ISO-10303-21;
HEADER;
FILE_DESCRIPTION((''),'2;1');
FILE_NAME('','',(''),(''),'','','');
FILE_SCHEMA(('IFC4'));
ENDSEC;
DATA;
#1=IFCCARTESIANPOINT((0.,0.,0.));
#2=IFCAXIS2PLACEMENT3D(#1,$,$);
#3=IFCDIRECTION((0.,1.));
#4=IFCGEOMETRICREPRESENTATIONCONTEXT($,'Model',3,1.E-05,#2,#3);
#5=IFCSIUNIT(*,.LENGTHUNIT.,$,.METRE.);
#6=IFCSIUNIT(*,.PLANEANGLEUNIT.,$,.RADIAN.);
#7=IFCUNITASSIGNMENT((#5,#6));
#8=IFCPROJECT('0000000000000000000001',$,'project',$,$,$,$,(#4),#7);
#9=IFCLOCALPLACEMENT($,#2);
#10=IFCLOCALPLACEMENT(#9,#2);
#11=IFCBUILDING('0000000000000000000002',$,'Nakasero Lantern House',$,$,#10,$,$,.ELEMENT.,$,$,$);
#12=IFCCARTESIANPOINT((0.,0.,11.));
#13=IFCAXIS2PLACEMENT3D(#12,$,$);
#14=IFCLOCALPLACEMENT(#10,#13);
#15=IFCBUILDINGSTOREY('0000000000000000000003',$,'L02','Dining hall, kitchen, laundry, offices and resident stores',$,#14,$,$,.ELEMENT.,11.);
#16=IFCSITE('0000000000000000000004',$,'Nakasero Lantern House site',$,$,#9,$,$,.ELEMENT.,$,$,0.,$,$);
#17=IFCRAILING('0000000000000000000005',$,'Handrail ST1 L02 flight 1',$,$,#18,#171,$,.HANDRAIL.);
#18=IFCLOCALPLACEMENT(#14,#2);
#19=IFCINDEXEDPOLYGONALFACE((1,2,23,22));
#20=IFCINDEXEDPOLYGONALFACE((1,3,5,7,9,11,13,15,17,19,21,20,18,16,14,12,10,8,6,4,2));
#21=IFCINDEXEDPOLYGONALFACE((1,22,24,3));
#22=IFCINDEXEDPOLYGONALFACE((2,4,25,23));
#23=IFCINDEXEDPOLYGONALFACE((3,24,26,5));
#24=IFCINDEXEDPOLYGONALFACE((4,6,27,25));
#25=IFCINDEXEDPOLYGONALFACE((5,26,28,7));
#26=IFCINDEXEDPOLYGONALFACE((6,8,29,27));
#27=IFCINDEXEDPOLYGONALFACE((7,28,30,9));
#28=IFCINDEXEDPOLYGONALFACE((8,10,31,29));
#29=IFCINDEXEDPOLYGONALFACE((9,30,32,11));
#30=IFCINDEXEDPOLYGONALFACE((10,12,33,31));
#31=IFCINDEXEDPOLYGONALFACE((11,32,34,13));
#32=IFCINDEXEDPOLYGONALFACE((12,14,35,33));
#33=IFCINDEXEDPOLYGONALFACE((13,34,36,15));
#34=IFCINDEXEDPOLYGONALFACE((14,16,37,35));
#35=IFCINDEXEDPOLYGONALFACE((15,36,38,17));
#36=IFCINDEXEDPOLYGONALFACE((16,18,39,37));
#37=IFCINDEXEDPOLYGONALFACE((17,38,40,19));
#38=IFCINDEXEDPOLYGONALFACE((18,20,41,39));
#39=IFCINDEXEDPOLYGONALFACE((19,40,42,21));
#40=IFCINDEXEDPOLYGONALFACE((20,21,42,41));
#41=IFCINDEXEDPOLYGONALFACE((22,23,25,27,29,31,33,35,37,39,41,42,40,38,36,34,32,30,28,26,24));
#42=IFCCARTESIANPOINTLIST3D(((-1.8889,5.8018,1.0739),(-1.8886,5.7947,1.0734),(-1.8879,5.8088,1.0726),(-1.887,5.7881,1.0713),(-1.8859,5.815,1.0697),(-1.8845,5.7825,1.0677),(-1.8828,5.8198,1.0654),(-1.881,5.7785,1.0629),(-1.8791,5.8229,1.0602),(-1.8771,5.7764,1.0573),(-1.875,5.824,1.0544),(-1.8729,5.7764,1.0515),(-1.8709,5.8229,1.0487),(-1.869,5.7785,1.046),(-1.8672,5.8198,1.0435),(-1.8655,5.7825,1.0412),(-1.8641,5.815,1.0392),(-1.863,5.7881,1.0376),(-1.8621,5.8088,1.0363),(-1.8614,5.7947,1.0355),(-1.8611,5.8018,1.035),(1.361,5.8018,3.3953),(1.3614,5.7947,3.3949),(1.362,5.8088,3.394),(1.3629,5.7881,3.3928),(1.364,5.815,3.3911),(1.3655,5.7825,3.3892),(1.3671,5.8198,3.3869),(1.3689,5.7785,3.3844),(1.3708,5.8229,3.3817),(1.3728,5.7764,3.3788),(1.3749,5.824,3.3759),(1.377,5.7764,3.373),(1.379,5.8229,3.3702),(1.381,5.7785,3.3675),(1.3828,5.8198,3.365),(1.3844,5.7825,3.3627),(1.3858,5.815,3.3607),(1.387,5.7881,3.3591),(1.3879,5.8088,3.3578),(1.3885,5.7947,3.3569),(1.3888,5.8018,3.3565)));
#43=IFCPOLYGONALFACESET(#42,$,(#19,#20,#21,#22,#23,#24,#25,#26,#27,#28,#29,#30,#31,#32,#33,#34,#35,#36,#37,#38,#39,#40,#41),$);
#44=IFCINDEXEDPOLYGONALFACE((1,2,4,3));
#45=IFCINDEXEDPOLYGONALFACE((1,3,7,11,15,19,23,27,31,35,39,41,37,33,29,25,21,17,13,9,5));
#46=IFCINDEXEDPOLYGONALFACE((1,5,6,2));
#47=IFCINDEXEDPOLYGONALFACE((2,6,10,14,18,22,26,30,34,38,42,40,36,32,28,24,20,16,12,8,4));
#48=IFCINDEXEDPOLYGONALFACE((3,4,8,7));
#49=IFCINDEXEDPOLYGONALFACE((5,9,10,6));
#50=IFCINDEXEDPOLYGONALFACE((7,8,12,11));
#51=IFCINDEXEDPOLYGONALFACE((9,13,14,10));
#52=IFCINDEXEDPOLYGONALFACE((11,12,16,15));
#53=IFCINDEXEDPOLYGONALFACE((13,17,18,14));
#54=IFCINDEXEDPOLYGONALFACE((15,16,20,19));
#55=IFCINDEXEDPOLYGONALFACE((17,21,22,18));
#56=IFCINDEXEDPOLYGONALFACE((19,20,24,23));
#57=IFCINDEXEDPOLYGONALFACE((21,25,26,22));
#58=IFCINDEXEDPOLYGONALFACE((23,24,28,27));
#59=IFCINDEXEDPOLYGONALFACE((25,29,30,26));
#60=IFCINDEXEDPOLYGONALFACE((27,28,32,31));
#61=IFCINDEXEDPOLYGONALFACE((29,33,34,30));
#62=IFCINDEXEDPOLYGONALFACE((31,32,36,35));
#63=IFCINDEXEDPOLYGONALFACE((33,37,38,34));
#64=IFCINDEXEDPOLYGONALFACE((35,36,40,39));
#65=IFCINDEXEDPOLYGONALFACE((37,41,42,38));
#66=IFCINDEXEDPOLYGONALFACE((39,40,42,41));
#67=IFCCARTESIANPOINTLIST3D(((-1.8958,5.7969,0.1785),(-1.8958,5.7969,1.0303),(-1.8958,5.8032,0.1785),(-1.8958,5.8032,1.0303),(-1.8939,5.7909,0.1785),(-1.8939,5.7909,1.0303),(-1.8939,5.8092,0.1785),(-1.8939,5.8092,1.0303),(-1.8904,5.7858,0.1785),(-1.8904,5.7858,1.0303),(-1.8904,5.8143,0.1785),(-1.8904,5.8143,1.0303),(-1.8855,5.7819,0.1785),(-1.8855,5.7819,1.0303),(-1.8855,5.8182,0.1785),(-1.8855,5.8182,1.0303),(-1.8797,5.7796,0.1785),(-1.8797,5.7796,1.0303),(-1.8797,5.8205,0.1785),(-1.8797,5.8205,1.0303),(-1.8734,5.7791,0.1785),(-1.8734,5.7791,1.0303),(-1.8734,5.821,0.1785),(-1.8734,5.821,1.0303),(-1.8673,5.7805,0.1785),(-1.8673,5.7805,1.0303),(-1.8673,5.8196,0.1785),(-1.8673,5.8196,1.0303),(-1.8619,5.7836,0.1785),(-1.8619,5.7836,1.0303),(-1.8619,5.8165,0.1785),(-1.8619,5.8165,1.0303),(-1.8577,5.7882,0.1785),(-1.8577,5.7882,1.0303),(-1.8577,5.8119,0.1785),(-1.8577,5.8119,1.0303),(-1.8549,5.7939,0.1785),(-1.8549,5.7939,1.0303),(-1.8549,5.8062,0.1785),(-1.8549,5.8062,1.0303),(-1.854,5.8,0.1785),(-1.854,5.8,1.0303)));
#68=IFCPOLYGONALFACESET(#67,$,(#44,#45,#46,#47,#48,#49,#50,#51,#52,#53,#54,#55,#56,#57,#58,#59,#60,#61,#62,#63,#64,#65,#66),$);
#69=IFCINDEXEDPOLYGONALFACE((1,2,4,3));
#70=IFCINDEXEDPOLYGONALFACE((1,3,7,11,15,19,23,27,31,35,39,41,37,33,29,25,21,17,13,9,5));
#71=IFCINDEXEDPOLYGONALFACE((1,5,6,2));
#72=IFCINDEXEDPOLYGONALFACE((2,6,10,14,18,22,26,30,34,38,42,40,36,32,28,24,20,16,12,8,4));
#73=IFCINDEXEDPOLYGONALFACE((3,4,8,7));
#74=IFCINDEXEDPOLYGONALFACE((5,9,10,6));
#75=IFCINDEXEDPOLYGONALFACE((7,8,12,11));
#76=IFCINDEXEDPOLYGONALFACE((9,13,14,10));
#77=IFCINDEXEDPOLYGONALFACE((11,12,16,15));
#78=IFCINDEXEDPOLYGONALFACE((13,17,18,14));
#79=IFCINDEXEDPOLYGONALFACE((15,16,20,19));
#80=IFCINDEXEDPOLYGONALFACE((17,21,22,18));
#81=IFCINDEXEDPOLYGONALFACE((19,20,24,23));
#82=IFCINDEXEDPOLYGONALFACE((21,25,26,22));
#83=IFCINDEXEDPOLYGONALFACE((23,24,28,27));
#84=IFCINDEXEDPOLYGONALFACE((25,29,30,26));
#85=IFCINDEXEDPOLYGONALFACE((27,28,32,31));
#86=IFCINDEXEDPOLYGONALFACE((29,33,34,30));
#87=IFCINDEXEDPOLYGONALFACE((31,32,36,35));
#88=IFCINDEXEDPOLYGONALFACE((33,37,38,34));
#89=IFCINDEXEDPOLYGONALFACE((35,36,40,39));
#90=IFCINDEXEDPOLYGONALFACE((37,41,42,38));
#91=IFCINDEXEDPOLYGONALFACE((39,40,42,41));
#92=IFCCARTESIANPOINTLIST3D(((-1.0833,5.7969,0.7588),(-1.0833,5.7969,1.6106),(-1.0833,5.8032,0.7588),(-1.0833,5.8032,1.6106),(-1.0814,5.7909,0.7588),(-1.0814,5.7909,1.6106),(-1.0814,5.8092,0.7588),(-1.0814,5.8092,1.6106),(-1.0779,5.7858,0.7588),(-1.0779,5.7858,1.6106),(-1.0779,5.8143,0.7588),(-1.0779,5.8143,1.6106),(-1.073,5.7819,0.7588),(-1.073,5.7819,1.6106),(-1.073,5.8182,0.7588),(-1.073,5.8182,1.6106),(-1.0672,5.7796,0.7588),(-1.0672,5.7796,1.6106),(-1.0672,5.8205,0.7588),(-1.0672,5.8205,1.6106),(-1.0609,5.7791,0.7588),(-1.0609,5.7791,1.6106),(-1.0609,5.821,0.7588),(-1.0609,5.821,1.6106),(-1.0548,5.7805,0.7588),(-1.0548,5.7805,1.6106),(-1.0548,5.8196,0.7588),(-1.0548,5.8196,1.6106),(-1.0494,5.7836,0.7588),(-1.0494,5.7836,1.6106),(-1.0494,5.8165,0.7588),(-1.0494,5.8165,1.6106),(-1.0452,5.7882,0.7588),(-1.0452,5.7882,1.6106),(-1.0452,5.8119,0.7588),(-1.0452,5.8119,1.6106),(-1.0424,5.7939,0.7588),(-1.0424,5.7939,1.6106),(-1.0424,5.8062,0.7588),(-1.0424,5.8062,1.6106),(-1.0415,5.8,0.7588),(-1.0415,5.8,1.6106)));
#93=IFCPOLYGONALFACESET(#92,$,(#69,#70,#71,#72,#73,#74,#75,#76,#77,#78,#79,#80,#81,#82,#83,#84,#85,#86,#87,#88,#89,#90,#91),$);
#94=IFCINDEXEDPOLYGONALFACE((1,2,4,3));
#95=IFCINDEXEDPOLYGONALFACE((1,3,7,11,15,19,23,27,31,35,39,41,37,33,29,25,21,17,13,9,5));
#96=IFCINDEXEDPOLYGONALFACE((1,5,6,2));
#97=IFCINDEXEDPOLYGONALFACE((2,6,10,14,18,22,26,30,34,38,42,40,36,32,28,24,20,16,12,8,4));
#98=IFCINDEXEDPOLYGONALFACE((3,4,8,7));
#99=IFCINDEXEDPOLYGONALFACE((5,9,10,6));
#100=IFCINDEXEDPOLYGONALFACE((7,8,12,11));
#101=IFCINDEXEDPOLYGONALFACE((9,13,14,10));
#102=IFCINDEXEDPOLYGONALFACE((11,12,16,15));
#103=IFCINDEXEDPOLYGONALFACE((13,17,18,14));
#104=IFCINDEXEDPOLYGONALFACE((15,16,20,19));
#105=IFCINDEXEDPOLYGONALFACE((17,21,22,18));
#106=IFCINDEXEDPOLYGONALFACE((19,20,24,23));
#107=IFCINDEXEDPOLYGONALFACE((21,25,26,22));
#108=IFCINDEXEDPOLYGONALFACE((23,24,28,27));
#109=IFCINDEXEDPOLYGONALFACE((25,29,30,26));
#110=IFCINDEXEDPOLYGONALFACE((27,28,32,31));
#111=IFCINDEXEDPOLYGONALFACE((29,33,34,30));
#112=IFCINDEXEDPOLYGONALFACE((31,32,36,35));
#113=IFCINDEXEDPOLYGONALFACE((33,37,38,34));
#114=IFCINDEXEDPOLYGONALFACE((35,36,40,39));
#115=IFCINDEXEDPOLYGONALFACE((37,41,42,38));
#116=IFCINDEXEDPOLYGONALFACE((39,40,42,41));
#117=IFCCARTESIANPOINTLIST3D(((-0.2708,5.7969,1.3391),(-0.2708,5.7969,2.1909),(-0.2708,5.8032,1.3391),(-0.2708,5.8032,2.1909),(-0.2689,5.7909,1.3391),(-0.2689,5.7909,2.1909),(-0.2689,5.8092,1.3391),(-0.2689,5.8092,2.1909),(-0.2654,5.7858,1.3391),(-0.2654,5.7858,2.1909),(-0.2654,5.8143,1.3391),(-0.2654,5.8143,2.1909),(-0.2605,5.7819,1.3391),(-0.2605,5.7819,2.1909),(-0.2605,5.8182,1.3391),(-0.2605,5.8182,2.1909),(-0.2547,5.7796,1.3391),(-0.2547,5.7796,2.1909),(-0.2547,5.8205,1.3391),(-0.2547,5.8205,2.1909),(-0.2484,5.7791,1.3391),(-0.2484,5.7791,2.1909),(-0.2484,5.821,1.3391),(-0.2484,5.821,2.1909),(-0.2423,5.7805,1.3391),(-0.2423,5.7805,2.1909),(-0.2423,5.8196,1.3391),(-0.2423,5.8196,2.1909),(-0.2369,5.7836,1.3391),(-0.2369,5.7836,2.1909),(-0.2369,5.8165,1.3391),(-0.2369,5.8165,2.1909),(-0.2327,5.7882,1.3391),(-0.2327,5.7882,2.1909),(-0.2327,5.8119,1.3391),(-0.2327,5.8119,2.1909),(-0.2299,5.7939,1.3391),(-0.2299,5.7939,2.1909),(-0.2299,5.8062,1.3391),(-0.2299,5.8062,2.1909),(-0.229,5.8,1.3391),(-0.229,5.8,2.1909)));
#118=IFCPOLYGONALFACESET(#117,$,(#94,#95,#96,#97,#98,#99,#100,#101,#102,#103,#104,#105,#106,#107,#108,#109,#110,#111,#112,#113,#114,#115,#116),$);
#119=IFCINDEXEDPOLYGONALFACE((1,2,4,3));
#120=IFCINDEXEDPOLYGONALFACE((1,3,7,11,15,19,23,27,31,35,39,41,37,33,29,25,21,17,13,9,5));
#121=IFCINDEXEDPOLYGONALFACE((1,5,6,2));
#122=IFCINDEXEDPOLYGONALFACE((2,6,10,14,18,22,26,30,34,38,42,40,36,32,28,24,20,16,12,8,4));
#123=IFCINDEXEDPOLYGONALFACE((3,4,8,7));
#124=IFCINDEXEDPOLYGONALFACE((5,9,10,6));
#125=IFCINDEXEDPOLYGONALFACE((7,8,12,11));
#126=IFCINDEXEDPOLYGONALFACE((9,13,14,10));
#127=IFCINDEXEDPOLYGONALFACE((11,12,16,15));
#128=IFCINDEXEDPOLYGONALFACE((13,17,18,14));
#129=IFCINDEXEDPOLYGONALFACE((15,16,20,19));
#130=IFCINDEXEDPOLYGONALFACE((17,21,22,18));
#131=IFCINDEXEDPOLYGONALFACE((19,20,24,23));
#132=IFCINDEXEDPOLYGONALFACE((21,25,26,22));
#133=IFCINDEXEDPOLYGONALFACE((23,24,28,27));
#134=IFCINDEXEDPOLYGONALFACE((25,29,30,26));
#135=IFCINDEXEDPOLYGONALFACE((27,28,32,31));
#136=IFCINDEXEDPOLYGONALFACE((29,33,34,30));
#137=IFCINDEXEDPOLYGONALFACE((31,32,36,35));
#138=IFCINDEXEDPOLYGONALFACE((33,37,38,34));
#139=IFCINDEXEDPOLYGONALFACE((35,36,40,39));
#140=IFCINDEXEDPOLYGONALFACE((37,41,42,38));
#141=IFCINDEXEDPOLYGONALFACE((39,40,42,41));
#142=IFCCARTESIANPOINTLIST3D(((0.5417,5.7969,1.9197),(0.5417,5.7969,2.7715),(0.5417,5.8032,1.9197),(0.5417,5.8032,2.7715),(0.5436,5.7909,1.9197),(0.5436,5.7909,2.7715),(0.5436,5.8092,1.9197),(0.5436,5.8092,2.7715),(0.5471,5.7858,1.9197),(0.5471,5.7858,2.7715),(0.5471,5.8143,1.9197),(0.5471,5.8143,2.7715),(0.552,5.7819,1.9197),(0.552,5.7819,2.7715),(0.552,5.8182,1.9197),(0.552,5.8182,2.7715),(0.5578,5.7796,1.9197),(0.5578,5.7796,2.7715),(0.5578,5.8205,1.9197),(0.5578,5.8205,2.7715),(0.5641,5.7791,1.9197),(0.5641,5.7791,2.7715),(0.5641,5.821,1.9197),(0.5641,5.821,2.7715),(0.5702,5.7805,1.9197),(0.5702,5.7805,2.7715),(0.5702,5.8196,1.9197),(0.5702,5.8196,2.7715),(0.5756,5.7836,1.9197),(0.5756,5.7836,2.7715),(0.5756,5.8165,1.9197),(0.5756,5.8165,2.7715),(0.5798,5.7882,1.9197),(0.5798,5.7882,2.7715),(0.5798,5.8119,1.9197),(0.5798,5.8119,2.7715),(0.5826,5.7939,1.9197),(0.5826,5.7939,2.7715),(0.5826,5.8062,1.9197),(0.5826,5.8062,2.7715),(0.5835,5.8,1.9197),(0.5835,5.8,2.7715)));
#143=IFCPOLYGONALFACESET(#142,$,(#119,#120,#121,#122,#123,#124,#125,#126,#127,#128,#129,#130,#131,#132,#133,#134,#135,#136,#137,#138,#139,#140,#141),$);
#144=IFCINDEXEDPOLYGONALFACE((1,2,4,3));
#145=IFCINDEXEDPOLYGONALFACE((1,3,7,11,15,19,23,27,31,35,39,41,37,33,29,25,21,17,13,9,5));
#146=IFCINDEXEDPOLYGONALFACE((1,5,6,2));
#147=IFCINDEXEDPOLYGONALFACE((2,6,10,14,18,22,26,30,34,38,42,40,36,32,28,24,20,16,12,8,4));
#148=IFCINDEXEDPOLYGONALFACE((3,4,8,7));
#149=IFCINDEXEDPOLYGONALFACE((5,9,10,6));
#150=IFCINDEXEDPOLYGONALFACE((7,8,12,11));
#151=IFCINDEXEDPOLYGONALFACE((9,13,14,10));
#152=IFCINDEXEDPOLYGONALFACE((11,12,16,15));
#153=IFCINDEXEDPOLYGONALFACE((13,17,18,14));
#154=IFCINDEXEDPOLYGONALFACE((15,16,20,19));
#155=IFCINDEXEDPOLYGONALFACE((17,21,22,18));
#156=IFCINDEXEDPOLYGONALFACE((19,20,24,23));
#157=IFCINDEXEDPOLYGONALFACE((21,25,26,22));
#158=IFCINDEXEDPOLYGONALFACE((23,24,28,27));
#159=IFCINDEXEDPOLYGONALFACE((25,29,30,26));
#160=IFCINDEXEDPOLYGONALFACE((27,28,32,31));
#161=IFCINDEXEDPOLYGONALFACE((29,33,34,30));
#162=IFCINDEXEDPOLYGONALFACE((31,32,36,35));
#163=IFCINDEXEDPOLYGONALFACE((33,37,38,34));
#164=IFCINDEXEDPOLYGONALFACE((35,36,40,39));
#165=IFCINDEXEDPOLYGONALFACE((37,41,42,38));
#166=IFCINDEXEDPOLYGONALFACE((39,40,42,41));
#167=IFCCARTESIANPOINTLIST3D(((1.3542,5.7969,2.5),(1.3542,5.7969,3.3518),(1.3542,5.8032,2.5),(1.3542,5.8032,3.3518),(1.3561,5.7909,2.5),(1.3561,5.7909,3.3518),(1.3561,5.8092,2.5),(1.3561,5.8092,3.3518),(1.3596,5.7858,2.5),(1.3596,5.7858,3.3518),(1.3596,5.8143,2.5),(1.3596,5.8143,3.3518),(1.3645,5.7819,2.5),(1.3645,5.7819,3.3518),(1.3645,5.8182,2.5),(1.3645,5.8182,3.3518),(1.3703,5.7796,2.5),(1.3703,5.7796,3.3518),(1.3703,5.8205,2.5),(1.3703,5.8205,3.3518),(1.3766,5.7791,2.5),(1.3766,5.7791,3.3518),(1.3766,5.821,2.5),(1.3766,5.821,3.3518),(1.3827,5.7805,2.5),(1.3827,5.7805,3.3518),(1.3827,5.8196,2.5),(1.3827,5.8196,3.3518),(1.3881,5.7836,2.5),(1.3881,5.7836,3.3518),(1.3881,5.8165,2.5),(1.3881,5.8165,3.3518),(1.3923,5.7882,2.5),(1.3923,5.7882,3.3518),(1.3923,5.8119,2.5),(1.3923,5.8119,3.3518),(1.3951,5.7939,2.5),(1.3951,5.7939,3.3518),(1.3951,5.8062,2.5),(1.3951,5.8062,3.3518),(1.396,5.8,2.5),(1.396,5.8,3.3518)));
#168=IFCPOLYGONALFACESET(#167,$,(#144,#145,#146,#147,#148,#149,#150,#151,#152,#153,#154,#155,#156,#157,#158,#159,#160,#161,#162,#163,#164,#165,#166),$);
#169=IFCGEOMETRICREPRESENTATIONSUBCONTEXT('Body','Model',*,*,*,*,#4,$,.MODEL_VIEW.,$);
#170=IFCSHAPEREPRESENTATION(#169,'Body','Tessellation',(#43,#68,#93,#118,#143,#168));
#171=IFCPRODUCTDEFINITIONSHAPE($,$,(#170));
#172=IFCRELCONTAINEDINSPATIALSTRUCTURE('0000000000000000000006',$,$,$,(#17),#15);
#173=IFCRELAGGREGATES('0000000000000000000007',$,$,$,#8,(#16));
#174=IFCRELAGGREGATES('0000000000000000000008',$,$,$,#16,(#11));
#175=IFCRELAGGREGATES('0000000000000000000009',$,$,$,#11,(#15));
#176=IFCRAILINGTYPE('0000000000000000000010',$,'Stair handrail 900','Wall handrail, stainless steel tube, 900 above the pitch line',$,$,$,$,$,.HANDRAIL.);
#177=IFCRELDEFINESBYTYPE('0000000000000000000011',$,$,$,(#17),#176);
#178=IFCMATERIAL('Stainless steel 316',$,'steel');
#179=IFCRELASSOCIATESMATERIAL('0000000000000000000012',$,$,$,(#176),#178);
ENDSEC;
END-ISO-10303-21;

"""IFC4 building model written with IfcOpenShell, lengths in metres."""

from ifc_helpers import new_model, si_unit, direction, frame, origin, origin_2d, place, context, subcontext, project, spatial, circle, extrude, material, type_object, element, save


model = new_model("IFC4")

# Units and contexts
model_context = context("Model", 3, precision=1e-05, world=origin(), true_north=direction((0.0, 1.0)))
body_context = subcontext(model_context, "Body", "Model", "MODEL_VIEW")
ifc_project = project(units=[si_unit("LENGTHUNIT", "METRE"), si_unit("PLANEANGLEUNIT", "RADIAN")], contexts=[model_context])

# Site, building, storey
site_placement = place(None, origin())
site = spatial("IfcSite", under=ifc_project, at=site_placement, Name="Nakasero Lantern House site", CompositionType="ELEMENT", RefElevation=0.0)
building_placement = place(site_placement, origin())
building = spatial("IfcBuilding", under=site, at=building_placement, Name="Nakasero Lantern House", CompositionType="ELEMENT")
storey_placement = place(building_placement, frame((0.0, 0.0, 11.0)))
storey = spatial("IfcBuildingStorey", under=building, at=storey_placement, Name="L02", Description="Dining hall, kitchen, laundry, offices and resident stores", CompositionType="ELEMENT", Elevation=11.0)

# Railing
ifc_material_1 = material(Name="Stainless steel 316", Category="steel")
railing_type = type_object("IfcRailingType", Name="Stair handrail 900", Description="Wall handrail, stainless steel tube, 900 above the pitch line", PredefinedType="HANDRAIL", material=ifc_material_1)
railing_placement = place(storey_placement, frame((-1.875, 5.8, 0.1785)))
element("IfcRailing", 1, at=railing_placement, inside=storey, type_object=railing_type, Name="Handrail ST1 L02 flight 1", PredefinedType="HANDRAIL", context=body_context, shape_type="SweptSolid", body=[
    extrude(circle(Radius=0.0239, at=origin_2d()), frame((0.0, 0.0, 0.876), z_axis=(0.813721, 0.0, 0.581256), x_axis=(0.0, 1.0, 0.0)), (0.0, 0.0, 1.0), 3.9939),
    extrude(circle(Radius=0.021, at=origin_2d()), origin(), (0.0, 0.0, 1.0), 0.8518),
    extrude(circle(Radius=0.021, at=origin_2d()), frame((0.8125, 0.0, 0.5803)), (0.0, 0.0, 1.0), 0.8518),
    extrude(circle(Radius=0.021, at=origin_2d()), frame((1.625, 0.0, 1.1606)), (0.0, 0.0, 1.0), 0.8518),
    extrude(circle(Radius=0.021, at=origin_2d()), frame((2.4375, 0.0, 1.7412)), (0.0, 0.0, 1.0), 0.8518),
    extrude(circle(Radius=0.021, at=origin_2d()), frame((3.25, 0.0, 2.3215)), (0.0, 0.0, 1.0), 0.8518),
])

save(model, "model.ifc")
